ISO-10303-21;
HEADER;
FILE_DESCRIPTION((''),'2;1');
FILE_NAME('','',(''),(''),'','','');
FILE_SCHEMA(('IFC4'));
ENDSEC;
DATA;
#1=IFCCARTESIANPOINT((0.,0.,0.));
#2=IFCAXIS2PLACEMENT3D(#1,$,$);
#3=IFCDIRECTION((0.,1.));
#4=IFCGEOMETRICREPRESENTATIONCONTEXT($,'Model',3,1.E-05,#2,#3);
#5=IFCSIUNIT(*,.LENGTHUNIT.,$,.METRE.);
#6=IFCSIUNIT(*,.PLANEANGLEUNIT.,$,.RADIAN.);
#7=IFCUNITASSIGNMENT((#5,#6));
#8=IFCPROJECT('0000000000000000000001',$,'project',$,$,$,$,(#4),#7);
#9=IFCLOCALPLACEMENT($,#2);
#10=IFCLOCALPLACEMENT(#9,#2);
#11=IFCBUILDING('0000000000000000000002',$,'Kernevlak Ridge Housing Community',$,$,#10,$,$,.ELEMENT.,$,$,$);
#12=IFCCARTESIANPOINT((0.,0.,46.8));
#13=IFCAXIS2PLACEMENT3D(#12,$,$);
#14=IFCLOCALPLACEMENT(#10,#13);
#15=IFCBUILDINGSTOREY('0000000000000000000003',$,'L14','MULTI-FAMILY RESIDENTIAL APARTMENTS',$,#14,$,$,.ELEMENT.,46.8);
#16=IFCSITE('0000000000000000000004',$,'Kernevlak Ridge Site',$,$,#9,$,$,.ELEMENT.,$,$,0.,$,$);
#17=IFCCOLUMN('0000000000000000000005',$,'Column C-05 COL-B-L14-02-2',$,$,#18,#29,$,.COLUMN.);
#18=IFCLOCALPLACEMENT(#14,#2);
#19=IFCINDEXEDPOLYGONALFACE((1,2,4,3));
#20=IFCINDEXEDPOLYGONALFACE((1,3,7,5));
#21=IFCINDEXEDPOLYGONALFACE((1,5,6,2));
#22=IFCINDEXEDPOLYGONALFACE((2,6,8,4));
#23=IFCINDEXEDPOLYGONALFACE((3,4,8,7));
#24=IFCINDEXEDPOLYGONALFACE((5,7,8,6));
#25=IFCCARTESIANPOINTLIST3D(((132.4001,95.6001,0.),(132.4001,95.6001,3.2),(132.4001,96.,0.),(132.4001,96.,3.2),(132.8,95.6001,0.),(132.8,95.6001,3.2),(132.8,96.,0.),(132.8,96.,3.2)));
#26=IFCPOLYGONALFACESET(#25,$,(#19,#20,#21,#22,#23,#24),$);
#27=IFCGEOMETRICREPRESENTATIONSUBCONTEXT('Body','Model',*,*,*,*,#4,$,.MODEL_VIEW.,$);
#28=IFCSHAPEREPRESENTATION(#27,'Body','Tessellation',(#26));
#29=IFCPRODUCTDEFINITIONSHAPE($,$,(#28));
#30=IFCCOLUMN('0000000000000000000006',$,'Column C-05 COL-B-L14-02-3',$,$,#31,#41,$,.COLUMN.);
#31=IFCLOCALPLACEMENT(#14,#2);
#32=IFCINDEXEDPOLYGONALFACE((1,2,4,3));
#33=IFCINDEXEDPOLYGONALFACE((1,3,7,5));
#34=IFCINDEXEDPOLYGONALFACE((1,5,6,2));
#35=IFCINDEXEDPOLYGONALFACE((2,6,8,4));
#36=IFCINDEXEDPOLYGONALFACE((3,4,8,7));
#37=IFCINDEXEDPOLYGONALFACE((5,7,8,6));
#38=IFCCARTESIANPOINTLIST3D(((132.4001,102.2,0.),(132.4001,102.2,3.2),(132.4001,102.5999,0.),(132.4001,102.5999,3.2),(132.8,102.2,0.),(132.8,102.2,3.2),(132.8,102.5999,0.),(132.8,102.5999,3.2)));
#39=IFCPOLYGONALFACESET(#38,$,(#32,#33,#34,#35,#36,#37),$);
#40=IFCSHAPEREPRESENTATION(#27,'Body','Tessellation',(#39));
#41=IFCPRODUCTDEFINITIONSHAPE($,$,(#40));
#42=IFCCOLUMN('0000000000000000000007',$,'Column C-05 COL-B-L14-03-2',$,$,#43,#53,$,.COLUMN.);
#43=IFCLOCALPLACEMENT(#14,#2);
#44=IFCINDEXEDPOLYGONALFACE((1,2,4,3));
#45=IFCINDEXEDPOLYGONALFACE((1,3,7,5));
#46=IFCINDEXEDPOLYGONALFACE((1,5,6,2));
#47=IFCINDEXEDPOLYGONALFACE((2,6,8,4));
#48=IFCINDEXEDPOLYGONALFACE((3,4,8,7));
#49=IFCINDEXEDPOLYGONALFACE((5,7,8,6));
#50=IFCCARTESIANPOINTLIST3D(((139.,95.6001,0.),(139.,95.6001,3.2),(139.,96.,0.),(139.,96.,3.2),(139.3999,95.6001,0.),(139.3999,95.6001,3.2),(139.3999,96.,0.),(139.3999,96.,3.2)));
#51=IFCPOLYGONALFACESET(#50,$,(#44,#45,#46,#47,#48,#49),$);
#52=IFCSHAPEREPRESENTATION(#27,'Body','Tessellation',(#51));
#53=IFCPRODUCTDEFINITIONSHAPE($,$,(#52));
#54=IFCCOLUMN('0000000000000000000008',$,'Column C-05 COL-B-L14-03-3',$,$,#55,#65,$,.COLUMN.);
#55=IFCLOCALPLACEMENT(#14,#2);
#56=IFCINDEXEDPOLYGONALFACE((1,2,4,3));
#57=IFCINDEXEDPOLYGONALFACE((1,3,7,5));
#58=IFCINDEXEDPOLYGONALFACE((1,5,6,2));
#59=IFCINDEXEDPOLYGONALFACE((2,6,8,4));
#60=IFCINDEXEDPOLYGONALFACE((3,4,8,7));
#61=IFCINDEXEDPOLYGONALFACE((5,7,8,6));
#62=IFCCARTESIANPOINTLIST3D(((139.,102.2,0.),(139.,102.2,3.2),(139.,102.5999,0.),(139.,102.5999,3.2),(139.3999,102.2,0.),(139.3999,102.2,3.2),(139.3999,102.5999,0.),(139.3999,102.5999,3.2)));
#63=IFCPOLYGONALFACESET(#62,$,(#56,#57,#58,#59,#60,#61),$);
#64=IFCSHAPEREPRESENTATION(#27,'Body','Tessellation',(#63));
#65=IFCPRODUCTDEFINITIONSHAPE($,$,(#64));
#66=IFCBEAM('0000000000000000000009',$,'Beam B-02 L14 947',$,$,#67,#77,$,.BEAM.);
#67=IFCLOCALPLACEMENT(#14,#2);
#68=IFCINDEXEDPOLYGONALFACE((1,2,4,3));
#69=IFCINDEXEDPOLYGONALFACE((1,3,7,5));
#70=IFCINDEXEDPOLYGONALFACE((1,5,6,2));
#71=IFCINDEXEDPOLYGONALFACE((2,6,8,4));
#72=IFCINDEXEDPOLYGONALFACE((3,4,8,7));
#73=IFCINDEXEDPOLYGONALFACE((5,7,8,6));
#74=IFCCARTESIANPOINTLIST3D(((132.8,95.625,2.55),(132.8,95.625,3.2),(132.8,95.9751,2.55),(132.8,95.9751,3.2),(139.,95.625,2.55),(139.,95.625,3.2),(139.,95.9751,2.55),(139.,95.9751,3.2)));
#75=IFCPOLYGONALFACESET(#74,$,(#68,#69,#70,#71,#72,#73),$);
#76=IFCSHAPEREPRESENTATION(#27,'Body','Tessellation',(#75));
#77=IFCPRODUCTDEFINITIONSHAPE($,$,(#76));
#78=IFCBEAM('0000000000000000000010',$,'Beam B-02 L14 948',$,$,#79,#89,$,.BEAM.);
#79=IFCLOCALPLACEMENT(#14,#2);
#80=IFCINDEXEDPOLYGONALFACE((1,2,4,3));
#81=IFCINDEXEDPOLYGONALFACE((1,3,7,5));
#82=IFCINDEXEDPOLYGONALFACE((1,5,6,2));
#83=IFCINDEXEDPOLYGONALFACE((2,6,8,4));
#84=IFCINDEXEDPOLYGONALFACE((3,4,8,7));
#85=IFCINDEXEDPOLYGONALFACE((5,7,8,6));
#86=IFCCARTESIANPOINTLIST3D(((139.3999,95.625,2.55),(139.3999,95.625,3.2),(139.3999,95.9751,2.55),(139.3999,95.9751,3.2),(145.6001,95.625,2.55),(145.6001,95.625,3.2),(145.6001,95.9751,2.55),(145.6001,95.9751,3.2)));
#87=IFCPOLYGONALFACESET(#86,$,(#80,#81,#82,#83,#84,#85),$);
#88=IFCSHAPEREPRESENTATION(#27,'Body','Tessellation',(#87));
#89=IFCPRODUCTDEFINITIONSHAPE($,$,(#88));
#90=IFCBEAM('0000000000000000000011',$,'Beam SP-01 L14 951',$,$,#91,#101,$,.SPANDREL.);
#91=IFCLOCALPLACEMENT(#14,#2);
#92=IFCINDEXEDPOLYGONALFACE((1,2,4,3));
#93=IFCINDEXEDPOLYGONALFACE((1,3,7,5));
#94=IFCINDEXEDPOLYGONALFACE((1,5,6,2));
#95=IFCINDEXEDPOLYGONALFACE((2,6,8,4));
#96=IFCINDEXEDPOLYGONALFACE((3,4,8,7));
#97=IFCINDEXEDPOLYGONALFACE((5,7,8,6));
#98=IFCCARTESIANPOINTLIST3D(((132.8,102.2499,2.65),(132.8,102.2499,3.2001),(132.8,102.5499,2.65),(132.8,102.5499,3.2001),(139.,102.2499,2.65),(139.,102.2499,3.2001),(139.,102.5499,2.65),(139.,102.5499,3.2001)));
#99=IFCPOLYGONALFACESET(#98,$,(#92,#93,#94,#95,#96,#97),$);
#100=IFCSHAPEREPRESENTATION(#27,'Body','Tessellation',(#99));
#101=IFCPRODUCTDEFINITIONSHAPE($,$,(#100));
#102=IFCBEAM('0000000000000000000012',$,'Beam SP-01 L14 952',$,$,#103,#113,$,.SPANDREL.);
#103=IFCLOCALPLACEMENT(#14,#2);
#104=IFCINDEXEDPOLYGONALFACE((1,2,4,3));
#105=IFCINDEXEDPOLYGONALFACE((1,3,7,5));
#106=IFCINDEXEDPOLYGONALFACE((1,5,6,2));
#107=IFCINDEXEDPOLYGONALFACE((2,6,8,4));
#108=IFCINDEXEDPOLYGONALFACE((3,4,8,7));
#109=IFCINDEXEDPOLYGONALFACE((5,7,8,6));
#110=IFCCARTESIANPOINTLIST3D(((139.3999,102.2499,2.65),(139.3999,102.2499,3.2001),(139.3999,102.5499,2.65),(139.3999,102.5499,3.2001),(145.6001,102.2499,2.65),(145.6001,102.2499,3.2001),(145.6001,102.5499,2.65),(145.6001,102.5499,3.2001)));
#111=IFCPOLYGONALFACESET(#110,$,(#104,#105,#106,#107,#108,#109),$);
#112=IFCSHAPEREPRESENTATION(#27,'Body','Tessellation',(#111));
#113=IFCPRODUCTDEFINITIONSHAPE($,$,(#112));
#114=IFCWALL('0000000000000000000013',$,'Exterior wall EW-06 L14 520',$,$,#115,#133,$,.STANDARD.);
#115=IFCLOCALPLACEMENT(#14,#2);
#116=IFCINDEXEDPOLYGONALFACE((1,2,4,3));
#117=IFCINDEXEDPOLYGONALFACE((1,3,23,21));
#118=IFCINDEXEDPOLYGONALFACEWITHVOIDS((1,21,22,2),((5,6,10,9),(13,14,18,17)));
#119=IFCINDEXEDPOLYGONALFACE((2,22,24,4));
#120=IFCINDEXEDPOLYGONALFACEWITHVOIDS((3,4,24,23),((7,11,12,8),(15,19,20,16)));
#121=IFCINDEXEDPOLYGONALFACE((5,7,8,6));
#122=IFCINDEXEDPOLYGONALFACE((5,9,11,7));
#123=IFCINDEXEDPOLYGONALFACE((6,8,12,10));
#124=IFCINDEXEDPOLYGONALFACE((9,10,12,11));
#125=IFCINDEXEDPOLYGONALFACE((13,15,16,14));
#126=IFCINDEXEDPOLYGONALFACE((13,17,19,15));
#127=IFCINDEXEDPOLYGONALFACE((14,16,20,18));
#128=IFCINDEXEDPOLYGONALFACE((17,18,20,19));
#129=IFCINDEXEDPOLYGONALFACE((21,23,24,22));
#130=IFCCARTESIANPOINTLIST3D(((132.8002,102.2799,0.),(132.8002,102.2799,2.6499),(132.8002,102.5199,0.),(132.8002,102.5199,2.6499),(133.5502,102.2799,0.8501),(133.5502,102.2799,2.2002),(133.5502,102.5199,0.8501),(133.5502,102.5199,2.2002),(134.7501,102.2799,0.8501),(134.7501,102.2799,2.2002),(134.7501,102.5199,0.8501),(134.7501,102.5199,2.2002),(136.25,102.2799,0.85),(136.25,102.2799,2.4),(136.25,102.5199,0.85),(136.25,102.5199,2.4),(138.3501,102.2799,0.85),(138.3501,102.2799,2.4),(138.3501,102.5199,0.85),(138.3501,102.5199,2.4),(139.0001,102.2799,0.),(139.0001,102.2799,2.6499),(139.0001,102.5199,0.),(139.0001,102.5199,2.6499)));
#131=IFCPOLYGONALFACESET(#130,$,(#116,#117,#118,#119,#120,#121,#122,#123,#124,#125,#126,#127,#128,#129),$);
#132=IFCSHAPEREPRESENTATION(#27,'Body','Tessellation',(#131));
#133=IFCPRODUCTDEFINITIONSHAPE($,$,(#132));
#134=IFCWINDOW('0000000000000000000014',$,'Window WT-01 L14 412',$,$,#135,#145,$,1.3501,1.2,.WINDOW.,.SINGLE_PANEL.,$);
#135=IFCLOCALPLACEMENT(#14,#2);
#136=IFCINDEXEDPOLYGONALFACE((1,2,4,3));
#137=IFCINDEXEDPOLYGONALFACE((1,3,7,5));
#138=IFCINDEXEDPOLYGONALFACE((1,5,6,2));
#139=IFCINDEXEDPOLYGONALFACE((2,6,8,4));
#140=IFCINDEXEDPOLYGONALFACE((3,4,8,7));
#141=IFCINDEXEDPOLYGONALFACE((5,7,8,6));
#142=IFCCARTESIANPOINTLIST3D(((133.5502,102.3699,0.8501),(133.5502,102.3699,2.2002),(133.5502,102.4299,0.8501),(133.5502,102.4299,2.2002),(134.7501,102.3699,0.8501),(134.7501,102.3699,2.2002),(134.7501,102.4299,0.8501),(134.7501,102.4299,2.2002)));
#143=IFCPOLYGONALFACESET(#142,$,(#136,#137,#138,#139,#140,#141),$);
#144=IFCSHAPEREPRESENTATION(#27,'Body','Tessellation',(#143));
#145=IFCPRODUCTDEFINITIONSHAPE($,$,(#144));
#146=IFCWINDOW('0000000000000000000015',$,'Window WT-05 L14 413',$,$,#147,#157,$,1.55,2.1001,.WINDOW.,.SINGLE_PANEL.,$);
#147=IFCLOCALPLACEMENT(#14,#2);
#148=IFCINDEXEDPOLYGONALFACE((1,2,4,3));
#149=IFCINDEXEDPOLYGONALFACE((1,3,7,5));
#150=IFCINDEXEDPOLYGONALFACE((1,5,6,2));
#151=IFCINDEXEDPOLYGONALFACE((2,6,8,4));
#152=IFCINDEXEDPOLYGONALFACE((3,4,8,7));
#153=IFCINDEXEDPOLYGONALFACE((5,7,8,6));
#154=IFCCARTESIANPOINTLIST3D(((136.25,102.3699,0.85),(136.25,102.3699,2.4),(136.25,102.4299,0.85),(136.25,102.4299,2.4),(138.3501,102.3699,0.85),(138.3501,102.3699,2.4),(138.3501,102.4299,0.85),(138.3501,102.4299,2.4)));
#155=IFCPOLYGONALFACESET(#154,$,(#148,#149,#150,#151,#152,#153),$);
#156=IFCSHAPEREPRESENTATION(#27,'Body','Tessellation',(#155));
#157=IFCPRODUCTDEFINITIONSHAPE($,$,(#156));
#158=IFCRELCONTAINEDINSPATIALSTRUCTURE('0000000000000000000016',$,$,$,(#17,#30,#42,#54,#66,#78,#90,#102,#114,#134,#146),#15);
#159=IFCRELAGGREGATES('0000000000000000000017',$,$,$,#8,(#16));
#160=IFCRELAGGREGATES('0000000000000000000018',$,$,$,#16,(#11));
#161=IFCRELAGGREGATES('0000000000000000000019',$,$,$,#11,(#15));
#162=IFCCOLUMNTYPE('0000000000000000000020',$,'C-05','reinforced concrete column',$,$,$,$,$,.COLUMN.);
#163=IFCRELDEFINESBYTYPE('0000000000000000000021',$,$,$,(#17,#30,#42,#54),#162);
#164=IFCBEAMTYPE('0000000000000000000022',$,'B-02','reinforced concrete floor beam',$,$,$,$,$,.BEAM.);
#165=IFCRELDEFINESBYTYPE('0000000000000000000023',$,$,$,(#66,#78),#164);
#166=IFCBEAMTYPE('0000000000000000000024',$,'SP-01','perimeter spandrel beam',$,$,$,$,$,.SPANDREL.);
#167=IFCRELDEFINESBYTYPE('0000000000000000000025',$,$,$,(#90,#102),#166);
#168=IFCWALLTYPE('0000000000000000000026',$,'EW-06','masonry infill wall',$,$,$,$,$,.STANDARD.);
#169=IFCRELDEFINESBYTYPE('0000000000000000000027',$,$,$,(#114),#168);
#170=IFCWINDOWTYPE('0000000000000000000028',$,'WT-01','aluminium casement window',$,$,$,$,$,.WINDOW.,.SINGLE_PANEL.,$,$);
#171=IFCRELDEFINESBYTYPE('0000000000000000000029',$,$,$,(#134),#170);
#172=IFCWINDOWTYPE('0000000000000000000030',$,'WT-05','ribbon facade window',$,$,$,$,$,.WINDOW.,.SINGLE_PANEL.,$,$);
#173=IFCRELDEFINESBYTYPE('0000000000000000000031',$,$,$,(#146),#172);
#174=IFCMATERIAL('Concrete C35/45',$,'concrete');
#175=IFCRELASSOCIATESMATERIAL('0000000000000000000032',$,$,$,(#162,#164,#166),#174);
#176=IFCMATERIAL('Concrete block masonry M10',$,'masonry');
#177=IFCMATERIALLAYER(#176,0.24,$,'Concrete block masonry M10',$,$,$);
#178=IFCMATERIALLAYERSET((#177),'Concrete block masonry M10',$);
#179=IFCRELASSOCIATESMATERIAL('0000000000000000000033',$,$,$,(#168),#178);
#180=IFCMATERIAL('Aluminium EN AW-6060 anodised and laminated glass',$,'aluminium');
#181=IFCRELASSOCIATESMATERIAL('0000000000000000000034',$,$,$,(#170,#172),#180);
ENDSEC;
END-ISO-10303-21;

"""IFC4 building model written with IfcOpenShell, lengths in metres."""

from ifc_helpers import new_model, si_unit, direction, frame, frame_2d, origin, origin_2d, place, context, subcontext, project, spatial, rectangle, extrude, material, layer, layer_set, material_profile, profile_set, type_object, element, fill, save


model = new_model("IFC4")

# Units and contexts
model_context = context("Model", 3, precision=1e-05, world=origin(), true_north=direction((0.0, 1.0)))
body_context = subcontext(model_context, "Body", "Model", "MODEL_VIEW")
ifc_project = project(units=[si_unit("LENGTHUNIT", "METRE"), si_unit("PLANEANGLEUNIT", "RADIAN")], contexts=[model_context])

# Site, building, storey
site_placement = place(None, origin())
site = spatial("IfcSite", under=ifc_project, at=site_placement, Name="Kernevlak Ridge Site", CompositionType="ELEMENT", RefElevation=0.0)
building_placement = place(site_placement, origin())
building = spatial("IfcBuilding", under=site, at=building_placement, Name="Kernevlak Ridge Housing Community", CompositionType="ELEMENT")
storey_placement = place(building_placement, frame((0.0, 0.0, 46.8)))
storey = spatial("IfcBuildingStorey", under=building, at=storey_placement, Name="L14", Description="MULTI-FAMILY RESIDENTIAL APARTMENTS", CompositionType="ELEMENT", Elevation=46.8)

# Columns
ifc_material_1 = material(Name="Concrete C35/45", Category="concrete")
ifc_material_profile_1 = material_profile(ifc_material_1, rectangle(XDim=0.3999, YDim=0.3999, at=origin_2d()), Name="RC 400x400")
ifc_profile_set_1 = profile_set([ifc_material_profile_1], Name="Concrete C35/45")
column_type = type_object("IfcColumnType", Name="C-05", Description="reinforced concrete column", PredefinedType="COLUMN", material=ifc_profile_set_1)
for number, where, z_axis, x_axis, name in (
    (1, (132.6001, 95.8, 0.0), (0.0, 0.0, 1.0), (1.0, 0.0, 0.0), "Column C-05 COL-B-L14-02-2"),
    (2, (132.6001, 102.3999, 0.0), (0.0, 0.0, 1.0), (1.0, 0.0, 0.0), "Column C-05 COL-B-L14-02-3"),
    (3, (139.2, 95.8, 0.0), (0.0, 0.0, 1.0), (1.0, 0.0, 0.0), "Column C-05 COL-B-L14-03-2"),
    (4, (139.2, 102.3999, 0.0), (0.0, 0.0, 1.0), (1.0, 0.0, 0.0), "Column C-05 COL-B-L14-03-3"),
):
    element("IfcColumn", number, at=place(storey_placement, frame(where, z_axis=z_axis, x_axis=x_axis)), inside=storey, type_object=column_type, Name=name, PredefinedType="COLUMN", context=body_context, shape_type="SweptSolid", body=[
        extrude(rectangle(XDim=0.3999, YDim=0.3999, at=origin_2d()), origin(), (0.0, 0.0, 1.0), 3.2),
    ])

# Beams
ifc_material_profile_2 = material_profile(ifc_material_1, rectangle(XDim=0.3501, YDim=0.6499, at=origin_2d()), Name="RC 350x650")
ifc_profile_set_2 = profile_set([ifc_material_profile_2], Name="Concrete C35/45")
beam_type_1 = type_object("IfcBeamType", Name="B-02", Description="reinforced concrete floor beam", PredefinedType="BEAM", material=ifc_profile_set_2)
beam_1_placement = place(storey_placement, frame((132.8, 95.8, 2.875), z_axis=(1.0, 0.0, 0.0), x_axis=(0.0, 1.0, 0.0)))
element("IfcBeam", 5, at=beam_1_placement, inside=storey, type_object=beam_type_1, Name="Beam B-02 L14 947", PredefinedType="BEAM", context=body_context, shape_type="SweptSolid", body=[
    extrude(rectangle(XDim=0.3501, YDim=0.6499, at=origin_2d()), origin(), (0.0, 0.0, 1.0), 6.2),
])
beam_2_placement = place(storey_placement, frame((139.3999, 95.8, 2.875), z_axis=(1.0, 0.0, 0.0), x_axis=(0.0, 1.0, 0.0)))
element("IfcBeam", 6, at=beam_2_placement, inside=storey, type_object=beam_type_1, Name="Beam B-02 L14 948", PredefinedType="BEAM", context=body_context, shape_type="SweptSolid", body=[
    extrude(rectangle(XDim=0.3501, YDim=0.6499, at=origin_2d()), origin(), (0.0, 0.0, 1.0), 6.2002),
])
ifc_material_profile_3 = material_profile(ifc_material_1, rectangle(XDim=0.3, YDim=0.55, at=origin_2d()), Name="RC 300x550")
ifc_profile_set_3 = profile_set([ifc_material_profile_3], Name="Concrete C35/45")
beam_type_2 = type_object("IfcBeamType", Name="SP-01", Description="perimeter spandrel beam", PredefinedType="SPANDREL", material=ifc_profile_set_3)
beam_3_placement = place(storey_placement, frame((132.8, 102.3999, 2.925), z_axis=(1.0, 0.0, 0.0), x_axis=(0.0, 1.0, 0.0)))
element("IfcBeam", 7, at=beam_3_placement, inside=storey, type_object=beam_type_2, Name="Beam SP-01 L14 951", PredefinedType="SPANDREL", context=body_context, shape_type="SweptSolid", body=[
    extrude(rectangle(XDim=0.3, YDim=0.55, at=origin_2d()), origin(), (0.0, 0.0, 1.0), 6.2),
])
beam_4_placement = place(storey_placement, frame((139.3999, 102.3999, 2.925), z_axis=(1.0, 0.0, 0.0), x_axis=(0.0, 1.0, 0.0)))
element("IfcBeam", 8, at=beam_4_placement, inside=storey, type_object=beam_type_2, Name="Beam SP-01 L14 952", PredefinedType="SPANDREL", context=body_context, shape_type="SweptSolid", body=[
    extrude(rectangle(XDim=0.3, YDim=0.55, at=origin_2d()), origin(), (0.0, 0.0, 1.0), 6.2002),
])

# Wall, openings, windows
ifc_material_2 = material(Name="Concrete block masonry M10", Category="masonry")
ifc_layer_1 = layer(ifc_material_2, 0.24, Name="Concrete block masonry M10")
ifc_layer_set_1 = layer_set([ifc_layer_1], Name="Concrete block masonry M10")
wall_type_1 = type_object("IfcWallType", Name="EW-06", Description="masonry infill wall", PredefinedType="STANDARD", material=ifc_layer_set_1)
wall_1_placement = place(storey_placement, frame((132.8, 102.3999, 0.0), z_axis=(0.0, 0.0, 1.0), x_axis=(1.0, 0.0, 0.0)))
wall_1 = element("IfcWall", 9, at=wall_1_placement, inside=storey, type_object=wall_type_1, Name="Exterior wall EW-06 L14 520", PredefinedType="STANDARD", context=body_context, shape_type="SweptSolid", body=[
    extrude(rectangle(XDim=6.2, YDim=0.24, at=frame_2d((3.1001, 0.0))), origin(), (0.0, 0.0, 1.0), 2.6499),
])
opening_1_placement = place(wall_1_placement, frame((0.75, 0.0, 0.8501)))
opening_1 = element("IfcOpeningElement", 10, at=opening_1_placement, cuts=wall_1, PredefinedType="OPENING", context=body_context, shape_type="SweptSolid", body=[
    extrude(rectangle(XDim=1.2, YDim=1.3501, at=frame_2d((0.6001, 0.675))), frame((0.0, 0.1299, 0.0), z_axis=(0.0, -1.0, 0.0), x_axis=(1.0, 0.0, 0.0)), (0.0, 0.0, 1.0), 0.26),
])
opening_2_placement = place(wall_1_placement, frame((3.45, 0.0, 0.8501)))
opening_2 = element("IfcOpeningElement", 11, at=opening_2_placement, cuts=wall_1, PredefinedType="OPENING", context=body_context, shape_type="SweptSolid", body=[
    extrude(rectangle(XDim=2.1001, YDim=1.55, at=frame_2d((1.05, 0.7749))), frame((0.0, 0.1299, 0.0), z_axis=(0.0, -1.0, 0.0), x_axis=(1.0, 0.0, 0.0)), (0.0, 0.0, 1.0), 0.26),
])
ifc_material_3 = material(Name="Aluminium EN AW-6060 anodised and laminated glass", Category="aluminium")
window_type_1 = type_object("IfcWindowType", Name="WT-01", Description="aluminium casement window", PartitioningType="SINGLE_PANEL", PredefinedType="WINDOW", material=ifc_material_3)
window_1_placement = place(opening_1_placement, origin())
window_1 = element("IfcWindow", 12, at=window_1_placement, inside=storey, type_object=window_type_1, Name="Window WT-01 L14 412", OverallHeight=1.3501, OverallWidth=1.2, PartitioningType="SINGLE_PANEL", PredefinedType="WINDOW", context=body_context, shape_type="SweptSolid", body=[
    extrude(rectangle(XDim=1.2, YDim=1.3501, at=frame_2d((0.6001, 0.675))), frame((0.0, 0.03, 0.0), z_axis=(0.0, -1.0, 0.0), x_axis=(1.0, 0.0, 0.0)), (0.0, 0.0, 1.0), 0.0601),
])
fill(opening_1, window_1)
window_type_2 = type_object("IfcWindowType", Name="WT-05", Description="ribbon facade window", PartitioningType="SINGLE_PANEL", PredefinedType="WINDOW", material=ifc_material_3)
window_2_placement = place(opening_2_placement, origin())
window_2 = element("IfcWindow", 13, at=window_2_placement, inside=storey, type_object=window_type_2, Name="Window WT-05 L14 413", OverallHeight=1.55, OverallWidth=2.1001, PartitioningType="SINGLE_PANEL", PredefinedType="WINDOW", context=body_context, shape_type="SweptSolid", body=[
    extrude(rectangle(XDim=2.1001, YDim=1.55, at=frame_2d((1.05, 0.7749))), frame((0.0, 0.03, 0.0), z_axis=(0.0, -1.0, 0.0), x_axis=(1.0, 0.0, 0.0)), (0.0, 0.0, 1.0), 0.0601),
])
fill(opening_2, window_2)

save(model, "model.ifc")
